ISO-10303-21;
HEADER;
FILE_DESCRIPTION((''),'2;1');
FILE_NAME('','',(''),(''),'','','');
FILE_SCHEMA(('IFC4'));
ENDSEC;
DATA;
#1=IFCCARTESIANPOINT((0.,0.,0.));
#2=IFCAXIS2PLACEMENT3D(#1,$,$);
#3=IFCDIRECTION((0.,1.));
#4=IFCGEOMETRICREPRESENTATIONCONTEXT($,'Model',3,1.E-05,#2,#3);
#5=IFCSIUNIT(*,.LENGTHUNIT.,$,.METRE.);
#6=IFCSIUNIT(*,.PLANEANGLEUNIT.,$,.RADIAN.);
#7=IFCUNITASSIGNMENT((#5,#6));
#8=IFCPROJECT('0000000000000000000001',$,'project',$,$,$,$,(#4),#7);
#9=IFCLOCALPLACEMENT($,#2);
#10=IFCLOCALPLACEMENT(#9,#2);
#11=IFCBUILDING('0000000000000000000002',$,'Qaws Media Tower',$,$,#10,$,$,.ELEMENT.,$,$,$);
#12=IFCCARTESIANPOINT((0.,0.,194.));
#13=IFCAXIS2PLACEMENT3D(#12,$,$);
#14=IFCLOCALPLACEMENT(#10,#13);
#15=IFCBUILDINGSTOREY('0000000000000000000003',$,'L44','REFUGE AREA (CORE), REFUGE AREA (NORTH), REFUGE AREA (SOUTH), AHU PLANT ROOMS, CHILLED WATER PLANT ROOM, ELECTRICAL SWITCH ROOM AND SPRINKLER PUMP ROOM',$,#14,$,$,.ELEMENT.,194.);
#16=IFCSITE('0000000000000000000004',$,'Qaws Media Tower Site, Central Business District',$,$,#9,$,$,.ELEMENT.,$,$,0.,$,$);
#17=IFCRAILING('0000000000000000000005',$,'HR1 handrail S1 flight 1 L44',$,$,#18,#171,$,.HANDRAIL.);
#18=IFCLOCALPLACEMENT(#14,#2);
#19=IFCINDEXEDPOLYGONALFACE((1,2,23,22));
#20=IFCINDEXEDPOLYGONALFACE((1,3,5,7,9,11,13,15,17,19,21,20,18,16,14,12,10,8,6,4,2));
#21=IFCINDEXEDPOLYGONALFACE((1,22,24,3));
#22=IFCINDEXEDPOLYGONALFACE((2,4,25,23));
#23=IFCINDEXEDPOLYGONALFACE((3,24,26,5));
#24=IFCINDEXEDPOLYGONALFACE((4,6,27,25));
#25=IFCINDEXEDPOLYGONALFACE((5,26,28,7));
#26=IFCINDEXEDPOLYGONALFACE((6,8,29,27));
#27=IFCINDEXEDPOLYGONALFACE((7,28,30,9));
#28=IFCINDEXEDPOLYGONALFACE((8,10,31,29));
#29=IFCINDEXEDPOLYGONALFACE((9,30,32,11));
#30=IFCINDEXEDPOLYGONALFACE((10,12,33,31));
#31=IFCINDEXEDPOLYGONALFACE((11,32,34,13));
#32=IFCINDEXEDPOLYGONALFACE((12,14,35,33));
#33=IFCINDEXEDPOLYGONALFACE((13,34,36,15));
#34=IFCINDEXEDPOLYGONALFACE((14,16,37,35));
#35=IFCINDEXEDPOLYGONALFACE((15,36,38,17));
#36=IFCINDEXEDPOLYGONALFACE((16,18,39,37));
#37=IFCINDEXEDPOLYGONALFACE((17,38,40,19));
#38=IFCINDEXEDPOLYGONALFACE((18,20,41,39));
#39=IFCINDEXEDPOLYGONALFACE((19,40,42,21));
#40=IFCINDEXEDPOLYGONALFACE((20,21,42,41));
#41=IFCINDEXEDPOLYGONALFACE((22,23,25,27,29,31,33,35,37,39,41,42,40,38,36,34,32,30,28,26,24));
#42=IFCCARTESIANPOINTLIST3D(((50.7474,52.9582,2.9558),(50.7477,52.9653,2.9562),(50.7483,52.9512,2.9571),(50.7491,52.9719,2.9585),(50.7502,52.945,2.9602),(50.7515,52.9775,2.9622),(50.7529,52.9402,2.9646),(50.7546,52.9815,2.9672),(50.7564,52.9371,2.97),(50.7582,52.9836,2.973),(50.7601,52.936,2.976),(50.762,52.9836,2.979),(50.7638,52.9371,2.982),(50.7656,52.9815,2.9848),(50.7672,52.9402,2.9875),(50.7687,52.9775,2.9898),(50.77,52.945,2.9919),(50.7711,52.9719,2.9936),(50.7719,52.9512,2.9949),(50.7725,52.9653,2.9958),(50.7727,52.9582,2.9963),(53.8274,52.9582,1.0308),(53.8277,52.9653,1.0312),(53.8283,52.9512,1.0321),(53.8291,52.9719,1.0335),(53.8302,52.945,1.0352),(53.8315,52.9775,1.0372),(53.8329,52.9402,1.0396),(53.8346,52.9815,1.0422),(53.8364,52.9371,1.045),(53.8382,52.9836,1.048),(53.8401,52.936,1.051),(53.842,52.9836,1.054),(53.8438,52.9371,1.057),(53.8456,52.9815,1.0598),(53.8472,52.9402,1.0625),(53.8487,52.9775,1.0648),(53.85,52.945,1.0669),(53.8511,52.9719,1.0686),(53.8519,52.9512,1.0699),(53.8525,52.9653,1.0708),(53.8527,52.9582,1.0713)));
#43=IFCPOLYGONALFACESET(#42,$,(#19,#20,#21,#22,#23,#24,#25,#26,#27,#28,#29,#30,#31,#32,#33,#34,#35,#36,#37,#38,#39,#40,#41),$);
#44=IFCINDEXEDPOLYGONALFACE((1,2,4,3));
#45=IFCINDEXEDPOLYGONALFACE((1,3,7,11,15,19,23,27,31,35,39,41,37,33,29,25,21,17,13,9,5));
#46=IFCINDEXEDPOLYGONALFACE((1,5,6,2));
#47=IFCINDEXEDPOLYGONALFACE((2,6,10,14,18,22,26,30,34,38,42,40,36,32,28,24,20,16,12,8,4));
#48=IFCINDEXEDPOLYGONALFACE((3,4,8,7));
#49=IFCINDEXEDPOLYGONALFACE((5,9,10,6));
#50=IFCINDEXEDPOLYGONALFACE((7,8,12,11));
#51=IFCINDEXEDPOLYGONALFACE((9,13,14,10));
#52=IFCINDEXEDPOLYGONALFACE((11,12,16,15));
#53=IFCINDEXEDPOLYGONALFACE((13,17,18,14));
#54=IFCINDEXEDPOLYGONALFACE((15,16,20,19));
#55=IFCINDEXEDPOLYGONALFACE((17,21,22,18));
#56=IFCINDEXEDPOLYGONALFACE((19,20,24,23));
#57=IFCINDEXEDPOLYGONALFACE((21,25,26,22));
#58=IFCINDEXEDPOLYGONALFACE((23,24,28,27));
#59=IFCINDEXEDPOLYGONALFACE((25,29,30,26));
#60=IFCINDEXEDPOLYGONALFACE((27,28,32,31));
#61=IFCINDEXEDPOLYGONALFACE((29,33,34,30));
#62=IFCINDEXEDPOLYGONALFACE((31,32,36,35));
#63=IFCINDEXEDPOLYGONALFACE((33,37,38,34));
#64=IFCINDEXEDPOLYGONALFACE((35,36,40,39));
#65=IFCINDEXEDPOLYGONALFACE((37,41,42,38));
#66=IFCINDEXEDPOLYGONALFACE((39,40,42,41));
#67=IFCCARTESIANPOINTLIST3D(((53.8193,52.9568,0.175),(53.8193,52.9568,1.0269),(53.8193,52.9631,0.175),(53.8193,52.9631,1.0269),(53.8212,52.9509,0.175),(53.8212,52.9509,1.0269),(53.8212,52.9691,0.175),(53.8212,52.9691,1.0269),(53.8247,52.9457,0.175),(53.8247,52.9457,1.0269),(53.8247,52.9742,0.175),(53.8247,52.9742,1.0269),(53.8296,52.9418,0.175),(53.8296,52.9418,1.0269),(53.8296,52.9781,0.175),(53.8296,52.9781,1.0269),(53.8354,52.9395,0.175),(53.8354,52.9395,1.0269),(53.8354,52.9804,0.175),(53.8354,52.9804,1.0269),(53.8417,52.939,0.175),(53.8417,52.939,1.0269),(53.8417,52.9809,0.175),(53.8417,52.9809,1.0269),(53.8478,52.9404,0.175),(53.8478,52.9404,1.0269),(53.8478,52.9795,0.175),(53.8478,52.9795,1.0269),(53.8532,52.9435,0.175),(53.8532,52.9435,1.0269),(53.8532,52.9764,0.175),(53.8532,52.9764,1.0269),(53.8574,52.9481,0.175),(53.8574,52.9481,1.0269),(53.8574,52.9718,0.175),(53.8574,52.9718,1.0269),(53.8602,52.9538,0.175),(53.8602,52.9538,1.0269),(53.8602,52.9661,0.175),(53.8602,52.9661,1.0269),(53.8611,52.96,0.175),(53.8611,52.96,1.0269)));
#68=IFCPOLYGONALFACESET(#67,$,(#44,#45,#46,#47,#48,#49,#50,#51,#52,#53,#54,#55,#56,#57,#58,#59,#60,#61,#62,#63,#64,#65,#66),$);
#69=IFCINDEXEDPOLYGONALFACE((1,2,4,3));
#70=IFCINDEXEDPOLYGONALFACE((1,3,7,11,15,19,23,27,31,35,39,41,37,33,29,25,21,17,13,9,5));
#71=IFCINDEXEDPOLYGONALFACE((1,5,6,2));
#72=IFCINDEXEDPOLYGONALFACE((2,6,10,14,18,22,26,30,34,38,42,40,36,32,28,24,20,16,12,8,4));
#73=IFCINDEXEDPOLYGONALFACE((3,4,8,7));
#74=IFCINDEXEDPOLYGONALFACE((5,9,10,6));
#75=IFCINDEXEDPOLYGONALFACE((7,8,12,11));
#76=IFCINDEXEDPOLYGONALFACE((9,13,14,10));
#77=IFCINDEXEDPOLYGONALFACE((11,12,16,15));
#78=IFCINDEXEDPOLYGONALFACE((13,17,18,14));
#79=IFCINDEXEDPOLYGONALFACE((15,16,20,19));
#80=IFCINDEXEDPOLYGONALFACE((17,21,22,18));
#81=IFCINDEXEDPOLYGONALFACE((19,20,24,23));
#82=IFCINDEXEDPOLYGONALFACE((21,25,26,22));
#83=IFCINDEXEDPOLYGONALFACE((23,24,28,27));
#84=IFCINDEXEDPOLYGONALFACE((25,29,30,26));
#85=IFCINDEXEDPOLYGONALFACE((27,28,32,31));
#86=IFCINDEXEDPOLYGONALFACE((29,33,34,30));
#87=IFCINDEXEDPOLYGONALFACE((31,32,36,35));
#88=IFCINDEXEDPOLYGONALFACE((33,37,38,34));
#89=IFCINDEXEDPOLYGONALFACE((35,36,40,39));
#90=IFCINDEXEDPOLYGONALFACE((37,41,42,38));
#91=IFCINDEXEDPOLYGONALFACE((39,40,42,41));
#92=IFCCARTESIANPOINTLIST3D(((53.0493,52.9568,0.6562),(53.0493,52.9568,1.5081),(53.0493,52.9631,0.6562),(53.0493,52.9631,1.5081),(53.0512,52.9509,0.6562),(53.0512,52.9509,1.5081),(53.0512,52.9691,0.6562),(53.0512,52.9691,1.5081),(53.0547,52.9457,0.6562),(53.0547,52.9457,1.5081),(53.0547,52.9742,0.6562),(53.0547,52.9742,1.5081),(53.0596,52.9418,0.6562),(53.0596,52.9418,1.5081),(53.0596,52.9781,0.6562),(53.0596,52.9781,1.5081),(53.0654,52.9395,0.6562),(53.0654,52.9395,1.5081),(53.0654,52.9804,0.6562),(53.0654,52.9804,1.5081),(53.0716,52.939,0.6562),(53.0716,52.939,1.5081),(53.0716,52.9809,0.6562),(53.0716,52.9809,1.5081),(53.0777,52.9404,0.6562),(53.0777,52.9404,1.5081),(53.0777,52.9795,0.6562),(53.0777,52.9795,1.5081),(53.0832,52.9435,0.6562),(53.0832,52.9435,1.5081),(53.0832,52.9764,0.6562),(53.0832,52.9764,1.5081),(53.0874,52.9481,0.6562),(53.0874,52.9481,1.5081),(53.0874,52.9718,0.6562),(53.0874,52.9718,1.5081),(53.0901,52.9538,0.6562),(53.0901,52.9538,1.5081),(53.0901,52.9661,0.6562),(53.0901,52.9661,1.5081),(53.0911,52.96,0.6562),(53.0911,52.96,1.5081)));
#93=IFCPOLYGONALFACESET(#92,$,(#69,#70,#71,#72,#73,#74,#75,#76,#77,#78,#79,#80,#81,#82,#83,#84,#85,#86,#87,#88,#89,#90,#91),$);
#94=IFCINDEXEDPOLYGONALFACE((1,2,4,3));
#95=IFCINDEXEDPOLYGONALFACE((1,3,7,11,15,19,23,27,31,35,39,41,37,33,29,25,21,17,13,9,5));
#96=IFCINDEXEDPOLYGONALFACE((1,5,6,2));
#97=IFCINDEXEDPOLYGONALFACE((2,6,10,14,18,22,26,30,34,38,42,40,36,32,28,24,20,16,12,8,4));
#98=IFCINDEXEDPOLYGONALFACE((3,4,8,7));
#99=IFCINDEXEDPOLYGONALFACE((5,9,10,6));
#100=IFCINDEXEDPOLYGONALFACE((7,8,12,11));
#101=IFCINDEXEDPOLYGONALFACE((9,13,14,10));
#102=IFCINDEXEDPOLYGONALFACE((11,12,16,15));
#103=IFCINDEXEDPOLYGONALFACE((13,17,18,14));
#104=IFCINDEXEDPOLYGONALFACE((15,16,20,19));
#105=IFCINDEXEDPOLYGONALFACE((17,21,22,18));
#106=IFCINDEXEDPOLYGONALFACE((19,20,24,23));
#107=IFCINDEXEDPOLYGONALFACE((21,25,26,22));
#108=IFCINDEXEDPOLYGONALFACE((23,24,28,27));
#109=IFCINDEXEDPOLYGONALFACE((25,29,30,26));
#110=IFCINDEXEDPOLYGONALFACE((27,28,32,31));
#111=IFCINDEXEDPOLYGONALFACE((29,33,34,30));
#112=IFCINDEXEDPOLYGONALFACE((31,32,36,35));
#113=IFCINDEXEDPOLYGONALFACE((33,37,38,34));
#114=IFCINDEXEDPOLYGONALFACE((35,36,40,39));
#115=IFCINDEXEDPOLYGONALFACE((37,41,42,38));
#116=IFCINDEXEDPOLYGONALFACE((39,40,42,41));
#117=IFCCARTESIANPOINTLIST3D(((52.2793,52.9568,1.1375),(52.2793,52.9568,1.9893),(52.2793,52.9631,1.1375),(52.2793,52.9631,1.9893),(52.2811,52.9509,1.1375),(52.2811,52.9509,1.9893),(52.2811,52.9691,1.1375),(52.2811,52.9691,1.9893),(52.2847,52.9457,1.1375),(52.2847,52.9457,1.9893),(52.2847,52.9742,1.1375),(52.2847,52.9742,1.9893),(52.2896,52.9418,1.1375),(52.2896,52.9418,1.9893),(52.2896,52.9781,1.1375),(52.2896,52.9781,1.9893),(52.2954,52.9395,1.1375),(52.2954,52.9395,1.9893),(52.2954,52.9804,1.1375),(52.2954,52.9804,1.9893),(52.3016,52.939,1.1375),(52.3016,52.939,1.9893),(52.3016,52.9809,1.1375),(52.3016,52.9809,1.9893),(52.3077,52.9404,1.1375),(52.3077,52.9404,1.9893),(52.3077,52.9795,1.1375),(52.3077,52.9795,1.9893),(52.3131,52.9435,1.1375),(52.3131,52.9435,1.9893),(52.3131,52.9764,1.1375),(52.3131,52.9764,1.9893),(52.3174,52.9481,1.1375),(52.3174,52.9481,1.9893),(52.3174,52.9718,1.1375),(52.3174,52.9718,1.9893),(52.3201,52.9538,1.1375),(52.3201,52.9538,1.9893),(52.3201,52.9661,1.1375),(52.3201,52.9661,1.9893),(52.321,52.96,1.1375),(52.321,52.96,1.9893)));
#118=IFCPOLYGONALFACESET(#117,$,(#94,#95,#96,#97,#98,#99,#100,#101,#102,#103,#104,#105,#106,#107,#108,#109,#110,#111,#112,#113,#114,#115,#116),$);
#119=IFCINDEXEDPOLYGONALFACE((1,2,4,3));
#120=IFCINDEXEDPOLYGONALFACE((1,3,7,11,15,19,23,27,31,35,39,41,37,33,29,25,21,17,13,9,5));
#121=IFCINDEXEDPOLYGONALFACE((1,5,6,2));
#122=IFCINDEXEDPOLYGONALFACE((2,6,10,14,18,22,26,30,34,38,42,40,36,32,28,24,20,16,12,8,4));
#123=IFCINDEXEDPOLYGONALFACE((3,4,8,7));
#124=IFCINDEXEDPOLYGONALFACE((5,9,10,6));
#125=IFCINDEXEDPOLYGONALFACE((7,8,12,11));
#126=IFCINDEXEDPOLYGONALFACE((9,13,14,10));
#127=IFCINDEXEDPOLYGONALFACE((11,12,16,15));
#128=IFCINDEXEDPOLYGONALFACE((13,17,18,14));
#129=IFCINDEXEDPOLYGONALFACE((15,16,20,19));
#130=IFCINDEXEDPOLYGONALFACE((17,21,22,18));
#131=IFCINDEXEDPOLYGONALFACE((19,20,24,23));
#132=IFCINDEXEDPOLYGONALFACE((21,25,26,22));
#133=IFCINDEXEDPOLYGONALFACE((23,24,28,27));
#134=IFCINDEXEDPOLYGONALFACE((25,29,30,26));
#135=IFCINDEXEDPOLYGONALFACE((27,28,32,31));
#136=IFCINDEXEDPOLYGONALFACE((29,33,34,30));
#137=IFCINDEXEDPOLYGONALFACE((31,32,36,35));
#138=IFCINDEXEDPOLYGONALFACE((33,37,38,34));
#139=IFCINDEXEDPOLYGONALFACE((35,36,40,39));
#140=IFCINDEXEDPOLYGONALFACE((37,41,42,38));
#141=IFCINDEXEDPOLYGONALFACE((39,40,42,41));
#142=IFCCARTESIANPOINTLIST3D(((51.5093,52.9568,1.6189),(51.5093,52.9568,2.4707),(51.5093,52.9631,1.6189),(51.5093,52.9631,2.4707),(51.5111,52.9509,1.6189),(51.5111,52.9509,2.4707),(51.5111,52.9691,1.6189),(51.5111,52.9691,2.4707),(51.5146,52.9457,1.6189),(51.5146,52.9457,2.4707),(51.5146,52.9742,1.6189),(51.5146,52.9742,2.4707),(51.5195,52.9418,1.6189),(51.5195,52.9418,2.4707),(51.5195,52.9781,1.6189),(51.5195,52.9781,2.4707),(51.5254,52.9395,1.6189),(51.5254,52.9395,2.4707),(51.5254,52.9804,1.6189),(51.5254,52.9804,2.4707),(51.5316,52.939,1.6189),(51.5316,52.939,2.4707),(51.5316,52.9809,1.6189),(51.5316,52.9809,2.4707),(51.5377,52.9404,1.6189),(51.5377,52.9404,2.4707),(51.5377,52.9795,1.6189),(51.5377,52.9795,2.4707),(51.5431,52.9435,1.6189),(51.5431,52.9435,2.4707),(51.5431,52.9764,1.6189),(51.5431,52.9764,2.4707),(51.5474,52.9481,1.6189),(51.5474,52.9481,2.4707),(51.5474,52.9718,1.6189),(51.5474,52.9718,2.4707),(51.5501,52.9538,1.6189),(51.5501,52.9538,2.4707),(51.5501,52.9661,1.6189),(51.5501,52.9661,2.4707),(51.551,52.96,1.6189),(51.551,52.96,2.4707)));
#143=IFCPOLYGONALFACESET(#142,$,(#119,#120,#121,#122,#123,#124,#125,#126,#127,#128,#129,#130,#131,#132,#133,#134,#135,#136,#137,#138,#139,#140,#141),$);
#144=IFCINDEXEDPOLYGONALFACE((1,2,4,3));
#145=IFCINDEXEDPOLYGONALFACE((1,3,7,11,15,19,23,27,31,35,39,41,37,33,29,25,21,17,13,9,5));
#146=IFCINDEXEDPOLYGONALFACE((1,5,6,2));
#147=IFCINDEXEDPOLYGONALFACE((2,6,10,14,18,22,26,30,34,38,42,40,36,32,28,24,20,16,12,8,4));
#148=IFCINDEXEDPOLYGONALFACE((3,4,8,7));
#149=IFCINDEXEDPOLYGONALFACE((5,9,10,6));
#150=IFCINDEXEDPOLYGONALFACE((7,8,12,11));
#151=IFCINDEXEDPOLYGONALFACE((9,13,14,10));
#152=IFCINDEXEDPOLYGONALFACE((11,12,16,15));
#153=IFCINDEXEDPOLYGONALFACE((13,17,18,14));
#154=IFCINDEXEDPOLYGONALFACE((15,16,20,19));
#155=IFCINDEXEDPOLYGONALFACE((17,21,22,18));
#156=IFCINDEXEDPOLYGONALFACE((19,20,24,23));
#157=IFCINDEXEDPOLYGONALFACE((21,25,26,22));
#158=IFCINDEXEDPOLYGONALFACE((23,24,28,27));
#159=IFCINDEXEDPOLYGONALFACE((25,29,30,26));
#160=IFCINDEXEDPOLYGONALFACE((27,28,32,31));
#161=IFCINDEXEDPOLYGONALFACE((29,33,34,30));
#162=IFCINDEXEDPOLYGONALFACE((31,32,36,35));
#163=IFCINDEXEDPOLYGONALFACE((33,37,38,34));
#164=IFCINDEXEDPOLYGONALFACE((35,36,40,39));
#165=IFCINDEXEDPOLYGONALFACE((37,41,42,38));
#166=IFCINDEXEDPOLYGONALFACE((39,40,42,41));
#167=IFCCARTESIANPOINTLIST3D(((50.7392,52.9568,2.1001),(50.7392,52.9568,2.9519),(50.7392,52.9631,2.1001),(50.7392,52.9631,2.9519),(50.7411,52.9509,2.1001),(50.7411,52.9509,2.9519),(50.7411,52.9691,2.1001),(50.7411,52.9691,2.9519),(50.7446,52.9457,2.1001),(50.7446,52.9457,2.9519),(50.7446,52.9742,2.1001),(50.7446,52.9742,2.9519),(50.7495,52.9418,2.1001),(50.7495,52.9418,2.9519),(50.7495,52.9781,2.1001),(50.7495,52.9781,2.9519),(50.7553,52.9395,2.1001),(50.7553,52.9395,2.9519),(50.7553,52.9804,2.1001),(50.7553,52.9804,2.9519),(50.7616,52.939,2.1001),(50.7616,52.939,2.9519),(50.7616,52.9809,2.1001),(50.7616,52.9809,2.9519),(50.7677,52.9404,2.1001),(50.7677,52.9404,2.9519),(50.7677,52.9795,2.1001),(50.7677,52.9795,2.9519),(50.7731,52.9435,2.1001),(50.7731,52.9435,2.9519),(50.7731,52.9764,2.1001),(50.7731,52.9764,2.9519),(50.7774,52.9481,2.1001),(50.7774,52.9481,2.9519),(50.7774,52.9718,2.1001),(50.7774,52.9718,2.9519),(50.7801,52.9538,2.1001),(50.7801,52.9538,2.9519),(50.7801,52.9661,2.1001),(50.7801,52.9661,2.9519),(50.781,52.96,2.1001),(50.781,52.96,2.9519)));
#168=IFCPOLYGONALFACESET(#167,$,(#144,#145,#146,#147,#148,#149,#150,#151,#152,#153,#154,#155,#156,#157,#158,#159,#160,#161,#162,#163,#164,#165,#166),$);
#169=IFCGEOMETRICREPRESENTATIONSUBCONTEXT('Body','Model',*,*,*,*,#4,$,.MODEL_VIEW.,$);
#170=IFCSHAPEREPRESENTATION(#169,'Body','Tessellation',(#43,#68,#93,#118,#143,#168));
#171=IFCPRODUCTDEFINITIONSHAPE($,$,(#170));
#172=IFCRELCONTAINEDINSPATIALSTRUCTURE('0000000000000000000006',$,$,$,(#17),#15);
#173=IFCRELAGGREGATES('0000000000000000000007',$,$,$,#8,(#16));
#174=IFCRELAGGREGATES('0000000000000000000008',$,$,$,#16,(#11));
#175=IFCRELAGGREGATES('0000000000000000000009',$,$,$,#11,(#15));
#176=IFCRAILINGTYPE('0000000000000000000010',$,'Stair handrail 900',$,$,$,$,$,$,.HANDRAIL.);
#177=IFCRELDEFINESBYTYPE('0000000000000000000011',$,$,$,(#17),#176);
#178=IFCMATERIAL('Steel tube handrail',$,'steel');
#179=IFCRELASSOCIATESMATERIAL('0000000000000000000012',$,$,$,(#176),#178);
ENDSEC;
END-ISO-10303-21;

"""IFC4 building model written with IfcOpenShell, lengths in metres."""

from ifc_helpers import new_model, si_unit, direction, frame, origin, origin_2d, place, context, subcontext, project, spatial, circle, extrude, material, type_object, element, save


model = new_model("IFC4")

# Units and contexts
model_context = context("Model", 3, precision=1e-05, world=origin(), true_north=direction((0.0, 1.0)))
body_context = subcontext(model_context, "Body", "Model", "MODEL_VIEW")
ifc_project = project(units=[si_unit("LENGTHUNIT", "METRE"), si_unit("PLANEANGLEUNIT", "RADIAN")], contexts=[model_context])

# Site, building, storey
site_placement = place(None, origin())
site = spatial("IfcSite", under=ifc_project, at=site_placement, Name="Qaws Media Tower Site, Central Business District", CompositionType="ELEMENT", RefElevation=0.0)
building_placement = place(site_placement, origin())
building = spatial("IfcBuilding", under=site, at=building_placement, Name="Qaws Media Tower", CompositionType="ELEMENT")
storey_placement = place(building_placement, frame((0.0, 0.0, 194.0)))
storey = spatial("IfcBuildingStorey", under=building, at=storey_placement, Name="L44", Description="REFUGE AREA (CORE), REFUGE AREA (NORTH), REFUGE AREA (SOUTH), AHU PLANT ROOMS, CHILLED WATER PLANT ROOM, ELECTRICAL SWITCH ROOM AND SPRINKLER PUMP ROOM", CompositionType="ELEMENT", Elevation=194.0)

# Railing
ifc_material_1 = material(Name="Steel tube handrail", Category="steel")
railing_type = type_object("IfcRailingType", Name="Stair handrail 900", PredefinedType="HANDRAIL", material=ifc_material_1)
for number, where, name in (
    (1, (53.8401, 52.96, 0.175), "HR1 handrail S1 flight 1 L44"),
):
    element("IfcRailing", number, at=place(storey_placement, frame(where)), inside=storey, type_object=railing_type, Name=name, PredefinedType="HANDRAIL", context=body_context, shape_type="SweptSolid", body=[
        extrude(circle(Radius=0.0239, at=origin_2d()), frame((0.0, 0.0, 0.876), z_axis=(-0.847998, 0.0, 0.529999), x_axis=(0.0, -1.0, 0.0)), (0.0, 0.0, 1.0), 3.6321),
        extrude(circle(Radius=0.021, at=origin_2d()), origin(), (0.0, 0.0, 1.0), 0.8518),
        extrude(circle(Radius=0.021, at=origin_2d()), frame((-0.77, 0.0, 0.4812)), (0.0, 0.0, 1.0), 0.8518),
        extrude(circle(Radius=0.021, at=origin_2d()), frame((-1.54, 0.0, 0.9624)), (0.0, 0.0, 1.0), 0.8518),
        extrude(circle(Radius=0.021, at=origin_2d()), frame((-2.3101, 0.0, 1.4438)), (0.0, 0.0, 1.0), 0.8518),
        extrude(circle(Radius=0.021, at=origin_2d()), frame((-3.0801, 0.0, 1.925)), (0.0, 0.0, 1.0), 0.8518),
    ])

save(model, "model.ifc")
